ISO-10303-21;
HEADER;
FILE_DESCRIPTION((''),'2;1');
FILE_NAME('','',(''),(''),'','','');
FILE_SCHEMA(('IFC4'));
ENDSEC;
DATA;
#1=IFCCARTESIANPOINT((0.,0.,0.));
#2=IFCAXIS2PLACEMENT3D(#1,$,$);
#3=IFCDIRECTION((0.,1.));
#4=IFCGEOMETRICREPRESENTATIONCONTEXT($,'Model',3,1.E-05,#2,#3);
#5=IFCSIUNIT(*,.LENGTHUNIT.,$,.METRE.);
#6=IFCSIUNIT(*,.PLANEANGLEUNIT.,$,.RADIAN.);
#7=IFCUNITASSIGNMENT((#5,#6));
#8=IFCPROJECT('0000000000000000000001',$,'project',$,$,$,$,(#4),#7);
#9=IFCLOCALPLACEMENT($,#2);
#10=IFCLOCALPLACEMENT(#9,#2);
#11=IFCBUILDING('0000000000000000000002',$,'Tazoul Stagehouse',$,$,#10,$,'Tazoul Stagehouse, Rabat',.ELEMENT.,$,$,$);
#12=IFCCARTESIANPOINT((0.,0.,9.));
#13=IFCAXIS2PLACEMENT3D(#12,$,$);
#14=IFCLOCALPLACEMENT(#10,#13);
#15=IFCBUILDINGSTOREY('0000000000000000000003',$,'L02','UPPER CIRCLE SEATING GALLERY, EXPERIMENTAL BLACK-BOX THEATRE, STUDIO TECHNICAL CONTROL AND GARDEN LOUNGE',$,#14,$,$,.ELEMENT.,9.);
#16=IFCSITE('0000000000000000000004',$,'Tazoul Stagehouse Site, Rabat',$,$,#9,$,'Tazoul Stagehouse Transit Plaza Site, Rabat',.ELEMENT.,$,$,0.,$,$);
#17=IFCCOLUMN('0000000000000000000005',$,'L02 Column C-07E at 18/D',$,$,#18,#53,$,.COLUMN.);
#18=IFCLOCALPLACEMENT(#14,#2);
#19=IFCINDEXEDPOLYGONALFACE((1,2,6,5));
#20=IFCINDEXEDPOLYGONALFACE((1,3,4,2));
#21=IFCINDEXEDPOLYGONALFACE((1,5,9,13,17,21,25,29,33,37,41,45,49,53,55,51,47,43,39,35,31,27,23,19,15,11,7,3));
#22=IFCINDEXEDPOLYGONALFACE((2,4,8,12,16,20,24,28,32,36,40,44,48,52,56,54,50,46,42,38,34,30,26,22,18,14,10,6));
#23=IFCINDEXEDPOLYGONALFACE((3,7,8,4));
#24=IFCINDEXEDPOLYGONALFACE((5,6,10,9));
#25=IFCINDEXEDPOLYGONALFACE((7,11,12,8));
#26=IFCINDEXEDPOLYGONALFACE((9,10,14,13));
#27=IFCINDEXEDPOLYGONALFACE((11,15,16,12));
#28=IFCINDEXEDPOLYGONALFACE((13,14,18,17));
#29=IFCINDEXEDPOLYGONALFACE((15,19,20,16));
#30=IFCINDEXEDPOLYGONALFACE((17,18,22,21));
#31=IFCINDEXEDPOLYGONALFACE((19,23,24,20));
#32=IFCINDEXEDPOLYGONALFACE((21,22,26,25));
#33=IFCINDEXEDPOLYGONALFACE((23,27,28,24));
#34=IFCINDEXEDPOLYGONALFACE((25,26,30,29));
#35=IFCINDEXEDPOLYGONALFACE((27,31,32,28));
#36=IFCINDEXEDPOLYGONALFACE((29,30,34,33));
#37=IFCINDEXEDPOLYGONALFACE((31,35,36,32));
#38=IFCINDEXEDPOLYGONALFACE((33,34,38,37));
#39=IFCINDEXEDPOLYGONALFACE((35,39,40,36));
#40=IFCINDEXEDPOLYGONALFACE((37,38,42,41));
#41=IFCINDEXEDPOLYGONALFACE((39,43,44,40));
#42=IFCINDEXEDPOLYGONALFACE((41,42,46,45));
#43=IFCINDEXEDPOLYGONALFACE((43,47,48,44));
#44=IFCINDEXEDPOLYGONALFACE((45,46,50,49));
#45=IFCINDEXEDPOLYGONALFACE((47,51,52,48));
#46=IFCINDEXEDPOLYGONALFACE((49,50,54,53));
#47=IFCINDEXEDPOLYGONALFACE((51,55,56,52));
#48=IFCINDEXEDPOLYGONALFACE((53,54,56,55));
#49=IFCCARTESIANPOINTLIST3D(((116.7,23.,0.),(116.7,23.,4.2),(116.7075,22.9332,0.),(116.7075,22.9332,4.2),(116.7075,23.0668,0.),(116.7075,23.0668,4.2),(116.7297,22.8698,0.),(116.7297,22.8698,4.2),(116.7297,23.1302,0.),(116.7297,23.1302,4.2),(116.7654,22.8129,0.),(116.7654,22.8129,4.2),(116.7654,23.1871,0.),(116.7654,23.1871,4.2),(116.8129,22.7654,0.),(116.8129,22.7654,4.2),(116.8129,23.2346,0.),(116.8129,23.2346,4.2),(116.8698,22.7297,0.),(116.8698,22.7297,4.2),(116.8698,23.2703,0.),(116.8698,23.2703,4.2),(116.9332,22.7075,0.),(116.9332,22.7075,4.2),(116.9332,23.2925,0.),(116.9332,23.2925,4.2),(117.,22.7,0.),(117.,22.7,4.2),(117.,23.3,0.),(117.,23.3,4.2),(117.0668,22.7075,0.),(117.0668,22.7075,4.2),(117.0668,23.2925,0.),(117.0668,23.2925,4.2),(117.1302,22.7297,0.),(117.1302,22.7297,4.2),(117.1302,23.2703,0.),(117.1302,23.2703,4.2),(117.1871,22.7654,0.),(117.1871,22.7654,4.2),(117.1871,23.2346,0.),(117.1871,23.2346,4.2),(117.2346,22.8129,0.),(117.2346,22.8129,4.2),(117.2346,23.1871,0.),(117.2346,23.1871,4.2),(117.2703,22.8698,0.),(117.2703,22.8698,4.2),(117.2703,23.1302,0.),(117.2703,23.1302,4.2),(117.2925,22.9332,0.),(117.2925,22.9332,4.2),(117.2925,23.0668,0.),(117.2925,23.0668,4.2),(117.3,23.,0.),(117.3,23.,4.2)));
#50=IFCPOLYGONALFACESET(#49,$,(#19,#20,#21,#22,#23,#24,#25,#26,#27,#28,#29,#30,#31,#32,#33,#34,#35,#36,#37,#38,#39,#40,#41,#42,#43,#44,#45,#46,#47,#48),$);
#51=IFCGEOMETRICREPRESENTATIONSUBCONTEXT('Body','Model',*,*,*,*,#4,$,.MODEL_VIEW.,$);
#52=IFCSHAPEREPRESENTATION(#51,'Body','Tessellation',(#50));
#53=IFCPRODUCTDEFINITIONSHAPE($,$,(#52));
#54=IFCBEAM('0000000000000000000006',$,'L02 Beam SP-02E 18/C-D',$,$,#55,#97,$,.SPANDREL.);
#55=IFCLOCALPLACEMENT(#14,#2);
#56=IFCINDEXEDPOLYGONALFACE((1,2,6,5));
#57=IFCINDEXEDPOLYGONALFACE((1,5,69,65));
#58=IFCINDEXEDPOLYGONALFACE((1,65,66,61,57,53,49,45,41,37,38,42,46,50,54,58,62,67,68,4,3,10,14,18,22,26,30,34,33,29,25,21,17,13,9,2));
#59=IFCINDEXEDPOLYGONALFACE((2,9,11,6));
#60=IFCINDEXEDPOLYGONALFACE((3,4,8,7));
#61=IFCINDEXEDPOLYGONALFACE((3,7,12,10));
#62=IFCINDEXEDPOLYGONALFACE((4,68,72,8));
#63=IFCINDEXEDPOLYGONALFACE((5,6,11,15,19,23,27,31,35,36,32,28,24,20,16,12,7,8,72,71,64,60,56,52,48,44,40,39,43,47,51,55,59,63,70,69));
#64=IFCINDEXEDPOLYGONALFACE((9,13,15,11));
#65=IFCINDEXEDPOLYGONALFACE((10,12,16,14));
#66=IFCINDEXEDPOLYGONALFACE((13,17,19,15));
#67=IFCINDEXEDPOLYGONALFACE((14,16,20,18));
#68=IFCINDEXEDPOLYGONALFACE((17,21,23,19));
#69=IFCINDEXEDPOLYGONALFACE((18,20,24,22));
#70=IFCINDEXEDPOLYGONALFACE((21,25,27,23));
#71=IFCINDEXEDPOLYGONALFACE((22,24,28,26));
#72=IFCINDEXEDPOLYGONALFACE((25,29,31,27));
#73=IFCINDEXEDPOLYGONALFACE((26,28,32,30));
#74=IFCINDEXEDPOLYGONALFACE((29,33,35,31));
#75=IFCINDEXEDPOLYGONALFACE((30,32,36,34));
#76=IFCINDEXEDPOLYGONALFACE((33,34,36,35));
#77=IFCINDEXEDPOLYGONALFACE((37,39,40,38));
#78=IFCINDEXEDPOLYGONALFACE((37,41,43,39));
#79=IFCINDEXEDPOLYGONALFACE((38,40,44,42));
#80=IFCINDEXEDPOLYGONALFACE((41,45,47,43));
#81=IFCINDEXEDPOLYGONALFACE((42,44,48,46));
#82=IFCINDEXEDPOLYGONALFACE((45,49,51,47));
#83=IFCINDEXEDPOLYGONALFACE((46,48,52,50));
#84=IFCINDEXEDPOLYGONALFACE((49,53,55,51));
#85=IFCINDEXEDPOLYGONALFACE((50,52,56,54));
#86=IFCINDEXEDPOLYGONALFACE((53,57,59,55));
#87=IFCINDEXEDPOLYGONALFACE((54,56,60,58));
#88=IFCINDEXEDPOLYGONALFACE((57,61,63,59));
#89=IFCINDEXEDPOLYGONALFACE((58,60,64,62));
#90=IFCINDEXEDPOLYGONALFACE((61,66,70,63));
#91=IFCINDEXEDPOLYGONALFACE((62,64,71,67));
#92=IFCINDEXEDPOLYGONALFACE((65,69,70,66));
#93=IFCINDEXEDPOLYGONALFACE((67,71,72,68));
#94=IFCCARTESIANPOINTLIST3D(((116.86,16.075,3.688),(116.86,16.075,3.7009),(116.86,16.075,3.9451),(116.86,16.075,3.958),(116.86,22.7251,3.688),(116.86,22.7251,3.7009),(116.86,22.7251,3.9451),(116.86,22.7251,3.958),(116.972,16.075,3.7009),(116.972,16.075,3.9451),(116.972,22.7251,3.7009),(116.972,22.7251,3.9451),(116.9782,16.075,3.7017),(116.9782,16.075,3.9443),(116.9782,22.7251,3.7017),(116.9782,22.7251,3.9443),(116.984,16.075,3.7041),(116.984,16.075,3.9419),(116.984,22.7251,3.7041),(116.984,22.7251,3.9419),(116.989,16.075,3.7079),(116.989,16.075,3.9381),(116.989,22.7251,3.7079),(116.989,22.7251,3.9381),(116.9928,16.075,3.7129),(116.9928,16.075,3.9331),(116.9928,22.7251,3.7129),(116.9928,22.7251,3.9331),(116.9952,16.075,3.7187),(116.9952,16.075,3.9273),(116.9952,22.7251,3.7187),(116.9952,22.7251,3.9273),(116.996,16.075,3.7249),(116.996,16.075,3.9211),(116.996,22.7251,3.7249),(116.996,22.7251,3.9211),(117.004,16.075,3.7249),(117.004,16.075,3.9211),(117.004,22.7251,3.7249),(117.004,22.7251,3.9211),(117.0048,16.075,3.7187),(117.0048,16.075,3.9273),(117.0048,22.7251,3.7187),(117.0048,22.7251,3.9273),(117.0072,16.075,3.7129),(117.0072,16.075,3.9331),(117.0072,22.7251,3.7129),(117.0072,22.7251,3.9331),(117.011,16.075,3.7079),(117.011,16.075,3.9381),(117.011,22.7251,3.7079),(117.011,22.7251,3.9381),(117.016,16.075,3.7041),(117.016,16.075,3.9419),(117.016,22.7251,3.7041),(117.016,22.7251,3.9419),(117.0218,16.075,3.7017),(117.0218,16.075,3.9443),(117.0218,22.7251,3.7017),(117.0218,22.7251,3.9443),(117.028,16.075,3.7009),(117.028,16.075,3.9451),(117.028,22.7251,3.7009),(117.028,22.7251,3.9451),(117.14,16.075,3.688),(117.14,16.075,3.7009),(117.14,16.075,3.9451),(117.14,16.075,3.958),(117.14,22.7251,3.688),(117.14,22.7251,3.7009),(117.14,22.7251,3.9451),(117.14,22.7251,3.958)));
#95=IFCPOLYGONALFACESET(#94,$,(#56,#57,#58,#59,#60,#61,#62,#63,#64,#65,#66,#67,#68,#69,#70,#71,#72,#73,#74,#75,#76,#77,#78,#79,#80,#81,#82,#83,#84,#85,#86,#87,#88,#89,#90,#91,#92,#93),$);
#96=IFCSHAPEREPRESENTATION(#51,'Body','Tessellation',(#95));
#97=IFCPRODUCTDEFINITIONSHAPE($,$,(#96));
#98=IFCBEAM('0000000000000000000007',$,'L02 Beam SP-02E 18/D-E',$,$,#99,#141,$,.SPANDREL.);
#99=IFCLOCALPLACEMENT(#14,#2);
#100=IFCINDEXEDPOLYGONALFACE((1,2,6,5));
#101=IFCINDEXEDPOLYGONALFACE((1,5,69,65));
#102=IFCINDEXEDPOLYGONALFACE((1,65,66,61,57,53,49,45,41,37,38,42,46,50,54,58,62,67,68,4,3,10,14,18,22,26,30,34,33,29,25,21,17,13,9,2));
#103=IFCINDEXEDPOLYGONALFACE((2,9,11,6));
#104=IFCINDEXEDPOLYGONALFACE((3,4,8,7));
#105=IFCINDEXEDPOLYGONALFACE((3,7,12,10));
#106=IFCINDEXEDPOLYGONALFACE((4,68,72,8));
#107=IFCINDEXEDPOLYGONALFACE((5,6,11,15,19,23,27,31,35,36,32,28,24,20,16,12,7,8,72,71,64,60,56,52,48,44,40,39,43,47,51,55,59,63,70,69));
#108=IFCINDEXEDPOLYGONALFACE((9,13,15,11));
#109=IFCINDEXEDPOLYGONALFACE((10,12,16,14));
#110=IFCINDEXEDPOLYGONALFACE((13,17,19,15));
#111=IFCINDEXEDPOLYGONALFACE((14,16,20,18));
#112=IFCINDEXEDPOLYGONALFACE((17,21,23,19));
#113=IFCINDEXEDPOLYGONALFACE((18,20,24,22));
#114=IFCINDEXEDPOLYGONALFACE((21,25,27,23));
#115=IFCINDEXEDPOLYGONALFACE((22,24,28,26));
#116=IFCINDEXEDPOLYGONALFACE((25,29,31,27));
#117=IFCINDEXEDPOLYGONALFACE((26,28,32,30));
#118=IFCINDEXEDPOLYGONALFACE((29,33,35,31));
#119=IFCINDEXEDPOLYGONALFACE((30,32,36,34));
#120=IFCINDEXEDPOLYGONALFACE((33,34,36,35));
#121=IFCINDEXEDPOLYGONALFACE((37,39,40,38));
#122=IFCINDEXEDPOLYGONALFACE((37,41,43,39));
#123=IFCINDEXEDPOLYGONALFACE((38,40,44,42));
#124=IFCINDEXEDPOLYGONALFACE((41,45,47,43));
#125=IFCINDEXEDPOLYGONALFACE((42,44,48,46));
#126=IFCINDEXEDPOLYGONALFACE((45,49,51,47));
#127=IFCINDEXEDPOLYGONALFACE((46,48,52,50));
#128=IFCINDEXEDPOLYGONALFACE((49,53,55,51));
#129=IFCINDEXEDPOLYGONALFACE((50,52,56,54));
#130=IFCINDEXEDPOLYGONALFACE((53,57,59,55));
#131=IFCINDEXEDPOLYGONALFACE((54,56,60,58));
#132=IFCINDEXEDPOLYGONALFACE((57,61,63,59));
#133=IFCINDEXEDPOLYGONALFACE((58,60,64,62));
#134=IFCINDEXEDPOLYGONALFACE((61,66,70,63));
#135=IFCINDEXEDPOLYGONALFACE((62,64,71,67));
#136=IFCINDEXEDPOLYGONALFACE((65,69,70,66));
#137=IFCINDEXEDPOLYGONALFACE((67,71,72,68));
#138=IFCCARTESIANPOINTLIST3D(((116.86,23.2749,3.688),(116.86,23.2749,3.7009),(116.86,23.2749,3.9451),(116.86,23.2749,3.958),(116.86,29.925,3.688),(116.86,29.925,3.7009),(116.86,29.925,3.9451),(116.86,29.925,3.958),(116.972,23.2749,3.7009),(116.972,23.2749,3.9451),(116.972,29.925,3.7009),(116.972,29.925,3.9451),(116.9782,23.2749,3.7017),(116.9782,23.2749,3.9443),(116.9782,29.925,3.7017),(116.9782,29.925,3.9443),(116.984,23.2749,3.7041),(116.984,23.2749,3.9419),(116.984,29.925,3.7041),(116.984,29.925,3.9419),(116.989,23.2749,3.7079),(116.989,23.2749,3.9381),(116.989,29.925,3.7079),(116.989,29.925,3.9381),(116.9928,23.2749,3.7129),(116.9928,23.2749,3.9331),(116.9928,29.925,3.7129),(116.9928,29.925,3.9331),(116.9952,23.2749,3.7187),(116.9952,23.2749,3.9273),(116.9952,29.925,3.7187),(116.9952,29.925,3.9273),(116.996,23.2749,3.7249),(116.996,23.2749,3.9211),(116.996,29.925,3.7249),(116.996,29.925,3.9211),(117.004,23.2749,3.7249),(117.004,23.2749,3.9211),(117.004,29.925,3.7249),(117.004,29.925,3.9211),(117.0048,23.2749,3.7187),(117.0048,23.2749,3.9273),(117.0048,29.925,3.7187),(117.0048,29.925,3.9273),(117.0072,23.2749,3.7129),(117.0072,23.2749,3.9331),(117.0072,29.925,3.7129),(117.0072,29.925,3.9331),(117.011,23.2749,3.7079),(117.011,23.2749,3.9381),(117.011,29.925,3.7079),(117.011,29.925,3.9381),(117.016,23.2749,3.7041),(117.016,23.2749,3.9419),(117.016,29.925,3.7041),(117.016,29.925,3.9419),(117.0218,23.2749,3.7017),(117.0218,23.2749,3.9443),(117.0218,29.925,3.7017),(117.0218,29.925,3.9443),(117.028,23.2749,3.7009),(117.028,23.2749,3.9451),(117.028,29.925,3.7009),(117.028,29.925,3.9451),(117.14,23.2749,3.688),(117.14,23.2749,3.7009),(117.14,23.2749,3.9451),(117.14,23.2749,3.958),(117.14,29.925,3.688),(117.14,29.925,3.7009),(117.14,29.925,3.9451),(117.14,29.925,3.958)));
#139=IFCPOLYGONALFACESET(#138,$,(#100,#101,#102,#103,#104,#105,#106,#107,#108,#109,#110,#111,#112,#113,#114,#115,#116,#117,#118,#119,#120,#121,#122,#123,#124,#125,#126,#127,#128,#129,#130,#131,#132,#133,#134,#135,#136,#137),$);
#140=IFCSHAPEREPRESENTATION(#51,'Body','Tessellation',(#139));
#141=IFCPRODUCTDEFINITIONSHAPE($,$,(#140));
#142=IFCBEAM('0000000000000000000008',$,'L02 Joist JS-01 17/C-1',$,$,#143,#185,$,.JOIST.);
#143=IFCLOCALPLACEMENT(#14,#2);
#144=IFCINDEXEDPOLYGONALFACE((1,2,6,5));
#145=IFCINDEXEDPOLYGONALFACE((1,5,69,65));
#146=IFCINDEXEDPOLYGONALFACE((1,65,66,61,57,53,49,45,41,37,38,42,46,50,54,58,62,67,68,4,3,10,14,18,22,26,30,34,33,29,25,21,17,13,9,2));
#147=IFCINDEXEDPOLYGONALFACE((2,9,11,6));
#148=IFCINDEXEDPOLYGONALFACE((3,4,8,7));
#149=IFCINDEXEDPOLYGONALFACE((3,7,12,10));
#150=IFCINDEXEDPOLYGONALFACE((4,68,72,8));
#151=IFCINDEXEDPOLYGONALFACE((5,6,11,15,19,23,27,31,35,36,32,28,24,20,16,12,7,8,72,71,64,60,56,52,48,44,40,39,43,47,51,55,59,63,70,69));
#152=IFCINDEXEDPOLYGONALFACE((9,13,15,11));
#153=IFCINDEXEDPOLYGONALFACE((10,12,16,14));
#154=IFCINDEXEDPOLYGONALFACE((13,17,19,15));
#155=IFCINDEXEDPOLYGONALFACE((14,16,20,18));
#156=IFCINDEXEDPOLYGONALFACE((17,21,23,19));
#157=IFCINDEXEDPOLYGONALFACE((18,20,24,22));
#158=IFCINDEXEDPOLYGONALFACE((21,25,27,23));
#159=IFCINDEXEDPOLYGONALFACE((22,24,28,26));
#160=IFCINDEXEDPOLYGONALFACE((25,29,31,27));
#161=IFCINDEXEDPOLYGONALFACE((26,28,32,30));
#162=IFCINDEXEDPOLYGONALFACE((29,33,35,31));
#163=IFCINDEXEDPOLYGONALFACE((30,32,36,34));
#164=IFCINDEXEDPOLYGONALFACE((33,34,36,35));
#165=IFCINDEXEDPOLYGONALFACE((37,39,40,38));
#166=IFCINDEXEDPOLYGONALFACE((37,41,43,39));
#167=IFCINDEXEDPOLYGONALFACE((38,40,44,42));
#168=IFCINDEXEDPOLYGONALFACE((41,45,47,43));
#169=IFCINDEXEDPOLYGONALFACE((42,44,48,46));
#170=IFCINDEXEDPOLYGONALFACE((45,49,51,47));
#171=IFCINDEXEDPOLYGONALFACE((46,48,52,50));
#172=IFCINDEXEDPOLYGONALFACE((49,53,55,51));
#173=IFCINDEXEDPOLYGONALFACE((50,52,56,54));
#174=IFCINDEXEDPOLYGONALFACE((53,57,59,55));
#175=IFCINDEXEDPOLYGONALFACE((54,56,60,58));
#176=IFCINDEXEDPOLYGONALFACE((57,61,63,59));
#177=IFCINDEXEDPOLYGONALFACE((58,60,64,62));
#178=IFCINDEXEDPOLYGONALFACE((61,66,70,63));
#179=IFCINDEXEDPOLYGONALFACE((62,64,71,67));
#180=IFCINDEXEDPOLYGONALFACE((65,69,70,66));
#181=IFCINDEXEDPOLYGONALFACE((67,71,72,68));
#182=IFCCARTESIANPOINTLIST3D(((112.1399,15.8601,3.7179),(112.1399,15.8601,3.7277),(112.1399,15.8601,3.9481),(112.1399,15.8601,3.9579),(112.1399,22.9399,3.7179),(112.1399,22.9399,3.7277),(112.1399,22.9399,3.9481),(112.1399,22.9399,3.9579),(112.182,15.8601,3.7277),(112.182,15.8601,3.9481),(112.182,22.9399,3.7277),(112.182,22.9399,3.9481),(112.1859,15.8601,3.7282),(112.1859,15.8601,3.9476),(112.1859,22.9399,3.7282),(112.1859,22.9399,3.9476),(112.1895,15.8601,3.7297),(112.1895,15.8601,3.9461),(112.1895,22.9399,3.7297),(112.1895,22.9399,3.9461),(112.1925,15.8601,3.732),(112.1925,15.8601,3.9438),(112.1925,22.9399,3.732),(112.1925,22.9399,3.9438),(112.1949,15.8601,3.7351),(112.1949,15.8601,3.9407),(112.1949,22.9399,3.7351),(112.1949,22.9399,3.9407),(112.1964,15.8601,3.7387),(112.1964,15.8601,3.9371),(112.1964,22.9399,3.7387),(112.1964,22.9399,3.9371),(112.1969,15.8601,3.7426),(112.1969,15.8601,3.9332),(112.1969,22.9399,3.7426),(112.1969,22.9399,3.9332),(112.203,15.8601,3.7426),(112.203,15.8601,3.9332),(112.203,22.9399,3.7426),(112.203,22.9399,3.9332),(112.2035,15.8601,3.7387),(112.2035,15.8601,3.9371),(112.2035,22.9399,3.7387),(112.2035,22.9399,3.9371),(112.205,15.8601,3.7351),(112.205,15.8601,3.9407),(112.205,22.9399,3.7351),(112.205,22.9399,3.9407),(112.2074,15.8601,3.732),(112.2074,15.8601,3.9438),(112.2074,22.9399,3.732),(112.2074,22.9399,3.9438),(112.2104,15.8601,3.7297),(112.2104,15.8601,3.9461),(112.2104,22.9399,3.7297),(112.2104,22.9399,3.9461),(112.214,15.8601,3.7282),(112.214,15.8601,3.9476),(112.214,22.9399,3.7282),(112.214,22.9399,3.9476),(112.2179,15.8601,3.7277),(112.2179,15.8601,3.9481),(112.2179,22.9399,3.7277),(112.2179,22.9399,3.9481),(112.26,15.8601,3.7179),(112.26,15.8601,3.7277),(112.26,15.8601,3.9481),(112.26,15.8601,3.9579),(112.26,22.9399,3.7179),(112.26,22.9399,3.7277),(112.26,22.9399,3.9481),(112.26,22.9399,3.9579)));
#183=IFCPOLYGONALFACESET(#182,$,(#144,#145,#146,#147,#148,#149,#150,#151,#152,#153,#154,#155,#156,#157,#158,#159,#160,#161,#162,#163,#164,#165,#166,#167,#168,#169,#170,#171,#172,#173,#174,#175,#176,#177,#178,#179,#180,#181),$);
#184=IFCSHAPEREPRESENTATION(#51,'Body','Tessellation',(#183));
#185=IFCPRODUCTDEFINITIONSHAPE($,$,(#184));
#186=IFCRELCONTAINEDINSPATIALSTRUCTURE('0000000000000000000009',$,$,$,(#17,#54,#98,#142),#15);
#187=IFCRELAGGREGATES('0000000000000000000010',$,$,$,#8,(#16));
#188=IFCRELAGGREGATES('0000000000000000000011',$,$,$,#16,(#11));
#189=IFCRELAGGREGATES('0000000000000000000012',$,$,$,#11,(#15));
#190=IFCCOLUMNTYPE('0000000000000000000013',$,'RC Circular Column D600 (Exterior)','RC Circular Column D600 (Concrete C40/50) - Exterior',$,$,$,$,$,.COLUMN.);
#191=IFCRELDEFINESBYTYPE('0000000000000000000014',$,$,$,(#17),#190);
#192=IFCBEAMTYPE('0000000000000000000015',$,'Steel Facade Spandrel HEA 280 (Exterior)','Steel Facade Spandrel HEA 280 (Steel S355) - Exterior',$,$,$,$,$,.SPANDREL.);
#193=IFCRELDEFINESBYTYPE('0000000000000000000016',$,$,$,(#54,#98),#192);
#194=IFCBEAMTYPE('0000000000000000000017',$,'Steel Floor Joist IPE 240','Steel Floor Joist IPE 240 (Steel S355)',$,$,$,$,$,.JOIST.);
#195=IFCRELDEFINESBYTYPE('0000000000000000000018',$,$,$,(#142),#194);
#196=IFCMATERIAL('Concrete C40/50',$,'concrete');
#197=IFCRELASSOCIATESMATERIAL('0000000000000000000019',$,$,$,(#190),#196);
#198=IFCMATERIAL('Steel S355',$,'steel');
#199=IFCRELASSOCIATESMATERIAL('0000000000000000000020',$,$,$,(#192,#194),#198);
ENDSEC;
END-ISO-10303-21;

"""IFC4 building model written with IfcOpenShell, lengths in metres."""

from ifc_helpers import new_model, si_unit, direction, frame, origin, origin_2d, place, context, subcontext, project, spatial, circle, i_section, extrude, material, material_profile, profile_set, type_object, element, save


model = new_model("IFC4")

# Units and contexts
model_context = context("Model", 3, precision=1e-05, world=origin(), true_north=direction((0.0, 1.0)))
body_context = subcontext(model_context, "Body", "Model", "MODEL_VIEW")
ifc_project = project(units=[si_unit("LENGTHUNIT", "METRE"), si_unit("PLANEANGLEUNIT", "RADIAN")], contexts=[model_context])

# Site, building, storey
site_placement = place(None, origin())
site = spatial("IfcSite", under=ifc_project, at=site_placement, Name="Tazoul Stagehouse Site, Rabat", LongName="Tazoul Stagehouse Transit Plaza Site, Rabat", CompositionType="ELEMENT", RefElevation=0.0)
building_placement = place(site_placement, origin())
building = spatial("IfcBuilding", under=site, at=building_placement, Name="Tazoul Stagehouse", LongName="Tazoul Stagehouse, Rabat", CompositionType="ELEMENT")
storey_placement = place(building_placement, frame((0.0, 0.0, 9.0)))
storey = spatial("IfcBuildingStorey", under=building, at=storey_placement, Name="L02", Description="UPPER CIRCLE SEATING GALLERY, EXPERIMENTAL BLACK-BOX THEATRE, STUDIO TECHNICAL CONTROL AND GARDEN LOUNGE", CompositionType="ELEMENT", Elevation=9.0)

# Column
ifc_material_1 = material(Name="Concrete C40/50", Category="concrete")
ifc_material_profile_1 = material_profile(ifc_material_1, circle(Radius=0.3, at=origin_2d()), Name="RC D600")
ifc_profile_set_1 = profile_set([ifc_material_profile_1], Name="Concrete C40/50")
column_type = type_object("IfcColumnType", Name="RC Circular Column D600 (Exterior)", Description="RC Circular Column D600 (Concrete C40/50) - Exterior", PredefinedType="COLUMN", material=ifc_profile_set_1)
column_placement = place(storey_placement, frame((117.0, 23.0, 0.0), z_axis=(0.0, 0.0, 1.0), x_axis=(1.0, 0.0, 0.0)))
element("IfcColumn", 1, at=column_placement, inside=storey, type_object=column_type, Name="L02 Column C-07E at 18/D", PredefinedType="COLUMN", context=body_context, shape_type="SweptSolid", body=[
    extrude(circle(Radius=0.3, at=origin_2d()), origin(), (0.0, 0.0, 1.0), 4.2),
])

# Beams
ifc_material_2 = material(Name="Steel S355", Category="steel")
ifc_material_profile_2 = material_profile(ifc_material_2, i_section(OverallWidth=0.28, OverallDepth=0.27, WebThickness=0.0081, FlangeThickness=0.0129, FilletRadius=0.0239, at=origin_2d()), Name="HEA 280")
ifc_profile_set_2 = profile_set([ifc_material_profile_2], Name="Steel S355")
beam_type_1 = type_object("IfcBeamType", Name="Steel Facade Spandrel HEA 280 (Exterior)", Description="Steel Facade Spandrel HEA 280 (Steel S355) - Exterior", PredefinedType="SPANDREL", material=ifc_profile_set_2)
for number, where, z_axis, x_axis, name in (
    (2, (117.0, 16.075, 3.823), (0.0, 1.0, 0.0), (-1.0, 0.0, 0.0), "L02 Beam SP-02E 18/C-D"),
    (3, (117.0, 23.2749, 3.823), (0.0, 1.0, 0.0), (-1.0, 0.0, 0.0), "L02 Beam SP-02E 18/D-E"),
):
    element("IfcBeam", number, at=place(storey_placement, frame(where, z_axis=z_axis, x_axis=x_axis)), inside=storey, type_object=beam_type_1, Name=name, PredefinedType="SPANDREL", context=body_context, shape_type="SweptSolid", body=[
        extrude(i_section(OverallWidth=0.28, OverallDepth=0.27, WebThickness=0.0081, FlangeThickness=0.0129, FilletRadius=0.0239, at=origin_2d()), origin(), (0.0, 0.0, 1.0), 6.6501),
    ])
ifc_material_profile_3 = material_profile(ifc_material_2, i_section(OverallWidth=0.1201, OverallDepth=0.24, WebThickness=0.0061, FlangeThickness=0.0098, FilletRadius=0.0149, at=origin_2d()), Name="IPE 240")
ifc_profile_set_3 = profile_set([ifc_material_profile_3], Name="Steel S355")
beam_type_2 = type_object("IfcBeamType", Name="Steel Floor Joist IPE 240", Description="Steel Floor Joist IPE 240 (Steel S355)", PredefinedType="JOIST", material=ifc_profile_set_3)
for number, where, z_axis, x_axis, name in (
    (4, (112.2, 15.8601, 3.8379), (0.0, 1.0, 0.0), (-1.0, 0.0, 0.0), "L02 Joist JS-01 17/C-1"),
):
    element("IfcBeam", number, at=place(storey_placement, frame(where, z_axis=z_axis, x_axis=x_axis)), inside=storey, type_object=beam_type_2, Name=name, PredefinedType="JOIST", context=body_context, shape_type="SweptSolid", body=[
        extrude(i_section(OverallWidth=0.1201, OverallDepth=0.24, WebThickness=0.0061, FlangeThickness=0.0098, FilletRadius=0.0149, at=origin_2d()), origin(), (0.0, 0.0, 1.0), 7.0798),
    ])

save(model, "model.ifc")
